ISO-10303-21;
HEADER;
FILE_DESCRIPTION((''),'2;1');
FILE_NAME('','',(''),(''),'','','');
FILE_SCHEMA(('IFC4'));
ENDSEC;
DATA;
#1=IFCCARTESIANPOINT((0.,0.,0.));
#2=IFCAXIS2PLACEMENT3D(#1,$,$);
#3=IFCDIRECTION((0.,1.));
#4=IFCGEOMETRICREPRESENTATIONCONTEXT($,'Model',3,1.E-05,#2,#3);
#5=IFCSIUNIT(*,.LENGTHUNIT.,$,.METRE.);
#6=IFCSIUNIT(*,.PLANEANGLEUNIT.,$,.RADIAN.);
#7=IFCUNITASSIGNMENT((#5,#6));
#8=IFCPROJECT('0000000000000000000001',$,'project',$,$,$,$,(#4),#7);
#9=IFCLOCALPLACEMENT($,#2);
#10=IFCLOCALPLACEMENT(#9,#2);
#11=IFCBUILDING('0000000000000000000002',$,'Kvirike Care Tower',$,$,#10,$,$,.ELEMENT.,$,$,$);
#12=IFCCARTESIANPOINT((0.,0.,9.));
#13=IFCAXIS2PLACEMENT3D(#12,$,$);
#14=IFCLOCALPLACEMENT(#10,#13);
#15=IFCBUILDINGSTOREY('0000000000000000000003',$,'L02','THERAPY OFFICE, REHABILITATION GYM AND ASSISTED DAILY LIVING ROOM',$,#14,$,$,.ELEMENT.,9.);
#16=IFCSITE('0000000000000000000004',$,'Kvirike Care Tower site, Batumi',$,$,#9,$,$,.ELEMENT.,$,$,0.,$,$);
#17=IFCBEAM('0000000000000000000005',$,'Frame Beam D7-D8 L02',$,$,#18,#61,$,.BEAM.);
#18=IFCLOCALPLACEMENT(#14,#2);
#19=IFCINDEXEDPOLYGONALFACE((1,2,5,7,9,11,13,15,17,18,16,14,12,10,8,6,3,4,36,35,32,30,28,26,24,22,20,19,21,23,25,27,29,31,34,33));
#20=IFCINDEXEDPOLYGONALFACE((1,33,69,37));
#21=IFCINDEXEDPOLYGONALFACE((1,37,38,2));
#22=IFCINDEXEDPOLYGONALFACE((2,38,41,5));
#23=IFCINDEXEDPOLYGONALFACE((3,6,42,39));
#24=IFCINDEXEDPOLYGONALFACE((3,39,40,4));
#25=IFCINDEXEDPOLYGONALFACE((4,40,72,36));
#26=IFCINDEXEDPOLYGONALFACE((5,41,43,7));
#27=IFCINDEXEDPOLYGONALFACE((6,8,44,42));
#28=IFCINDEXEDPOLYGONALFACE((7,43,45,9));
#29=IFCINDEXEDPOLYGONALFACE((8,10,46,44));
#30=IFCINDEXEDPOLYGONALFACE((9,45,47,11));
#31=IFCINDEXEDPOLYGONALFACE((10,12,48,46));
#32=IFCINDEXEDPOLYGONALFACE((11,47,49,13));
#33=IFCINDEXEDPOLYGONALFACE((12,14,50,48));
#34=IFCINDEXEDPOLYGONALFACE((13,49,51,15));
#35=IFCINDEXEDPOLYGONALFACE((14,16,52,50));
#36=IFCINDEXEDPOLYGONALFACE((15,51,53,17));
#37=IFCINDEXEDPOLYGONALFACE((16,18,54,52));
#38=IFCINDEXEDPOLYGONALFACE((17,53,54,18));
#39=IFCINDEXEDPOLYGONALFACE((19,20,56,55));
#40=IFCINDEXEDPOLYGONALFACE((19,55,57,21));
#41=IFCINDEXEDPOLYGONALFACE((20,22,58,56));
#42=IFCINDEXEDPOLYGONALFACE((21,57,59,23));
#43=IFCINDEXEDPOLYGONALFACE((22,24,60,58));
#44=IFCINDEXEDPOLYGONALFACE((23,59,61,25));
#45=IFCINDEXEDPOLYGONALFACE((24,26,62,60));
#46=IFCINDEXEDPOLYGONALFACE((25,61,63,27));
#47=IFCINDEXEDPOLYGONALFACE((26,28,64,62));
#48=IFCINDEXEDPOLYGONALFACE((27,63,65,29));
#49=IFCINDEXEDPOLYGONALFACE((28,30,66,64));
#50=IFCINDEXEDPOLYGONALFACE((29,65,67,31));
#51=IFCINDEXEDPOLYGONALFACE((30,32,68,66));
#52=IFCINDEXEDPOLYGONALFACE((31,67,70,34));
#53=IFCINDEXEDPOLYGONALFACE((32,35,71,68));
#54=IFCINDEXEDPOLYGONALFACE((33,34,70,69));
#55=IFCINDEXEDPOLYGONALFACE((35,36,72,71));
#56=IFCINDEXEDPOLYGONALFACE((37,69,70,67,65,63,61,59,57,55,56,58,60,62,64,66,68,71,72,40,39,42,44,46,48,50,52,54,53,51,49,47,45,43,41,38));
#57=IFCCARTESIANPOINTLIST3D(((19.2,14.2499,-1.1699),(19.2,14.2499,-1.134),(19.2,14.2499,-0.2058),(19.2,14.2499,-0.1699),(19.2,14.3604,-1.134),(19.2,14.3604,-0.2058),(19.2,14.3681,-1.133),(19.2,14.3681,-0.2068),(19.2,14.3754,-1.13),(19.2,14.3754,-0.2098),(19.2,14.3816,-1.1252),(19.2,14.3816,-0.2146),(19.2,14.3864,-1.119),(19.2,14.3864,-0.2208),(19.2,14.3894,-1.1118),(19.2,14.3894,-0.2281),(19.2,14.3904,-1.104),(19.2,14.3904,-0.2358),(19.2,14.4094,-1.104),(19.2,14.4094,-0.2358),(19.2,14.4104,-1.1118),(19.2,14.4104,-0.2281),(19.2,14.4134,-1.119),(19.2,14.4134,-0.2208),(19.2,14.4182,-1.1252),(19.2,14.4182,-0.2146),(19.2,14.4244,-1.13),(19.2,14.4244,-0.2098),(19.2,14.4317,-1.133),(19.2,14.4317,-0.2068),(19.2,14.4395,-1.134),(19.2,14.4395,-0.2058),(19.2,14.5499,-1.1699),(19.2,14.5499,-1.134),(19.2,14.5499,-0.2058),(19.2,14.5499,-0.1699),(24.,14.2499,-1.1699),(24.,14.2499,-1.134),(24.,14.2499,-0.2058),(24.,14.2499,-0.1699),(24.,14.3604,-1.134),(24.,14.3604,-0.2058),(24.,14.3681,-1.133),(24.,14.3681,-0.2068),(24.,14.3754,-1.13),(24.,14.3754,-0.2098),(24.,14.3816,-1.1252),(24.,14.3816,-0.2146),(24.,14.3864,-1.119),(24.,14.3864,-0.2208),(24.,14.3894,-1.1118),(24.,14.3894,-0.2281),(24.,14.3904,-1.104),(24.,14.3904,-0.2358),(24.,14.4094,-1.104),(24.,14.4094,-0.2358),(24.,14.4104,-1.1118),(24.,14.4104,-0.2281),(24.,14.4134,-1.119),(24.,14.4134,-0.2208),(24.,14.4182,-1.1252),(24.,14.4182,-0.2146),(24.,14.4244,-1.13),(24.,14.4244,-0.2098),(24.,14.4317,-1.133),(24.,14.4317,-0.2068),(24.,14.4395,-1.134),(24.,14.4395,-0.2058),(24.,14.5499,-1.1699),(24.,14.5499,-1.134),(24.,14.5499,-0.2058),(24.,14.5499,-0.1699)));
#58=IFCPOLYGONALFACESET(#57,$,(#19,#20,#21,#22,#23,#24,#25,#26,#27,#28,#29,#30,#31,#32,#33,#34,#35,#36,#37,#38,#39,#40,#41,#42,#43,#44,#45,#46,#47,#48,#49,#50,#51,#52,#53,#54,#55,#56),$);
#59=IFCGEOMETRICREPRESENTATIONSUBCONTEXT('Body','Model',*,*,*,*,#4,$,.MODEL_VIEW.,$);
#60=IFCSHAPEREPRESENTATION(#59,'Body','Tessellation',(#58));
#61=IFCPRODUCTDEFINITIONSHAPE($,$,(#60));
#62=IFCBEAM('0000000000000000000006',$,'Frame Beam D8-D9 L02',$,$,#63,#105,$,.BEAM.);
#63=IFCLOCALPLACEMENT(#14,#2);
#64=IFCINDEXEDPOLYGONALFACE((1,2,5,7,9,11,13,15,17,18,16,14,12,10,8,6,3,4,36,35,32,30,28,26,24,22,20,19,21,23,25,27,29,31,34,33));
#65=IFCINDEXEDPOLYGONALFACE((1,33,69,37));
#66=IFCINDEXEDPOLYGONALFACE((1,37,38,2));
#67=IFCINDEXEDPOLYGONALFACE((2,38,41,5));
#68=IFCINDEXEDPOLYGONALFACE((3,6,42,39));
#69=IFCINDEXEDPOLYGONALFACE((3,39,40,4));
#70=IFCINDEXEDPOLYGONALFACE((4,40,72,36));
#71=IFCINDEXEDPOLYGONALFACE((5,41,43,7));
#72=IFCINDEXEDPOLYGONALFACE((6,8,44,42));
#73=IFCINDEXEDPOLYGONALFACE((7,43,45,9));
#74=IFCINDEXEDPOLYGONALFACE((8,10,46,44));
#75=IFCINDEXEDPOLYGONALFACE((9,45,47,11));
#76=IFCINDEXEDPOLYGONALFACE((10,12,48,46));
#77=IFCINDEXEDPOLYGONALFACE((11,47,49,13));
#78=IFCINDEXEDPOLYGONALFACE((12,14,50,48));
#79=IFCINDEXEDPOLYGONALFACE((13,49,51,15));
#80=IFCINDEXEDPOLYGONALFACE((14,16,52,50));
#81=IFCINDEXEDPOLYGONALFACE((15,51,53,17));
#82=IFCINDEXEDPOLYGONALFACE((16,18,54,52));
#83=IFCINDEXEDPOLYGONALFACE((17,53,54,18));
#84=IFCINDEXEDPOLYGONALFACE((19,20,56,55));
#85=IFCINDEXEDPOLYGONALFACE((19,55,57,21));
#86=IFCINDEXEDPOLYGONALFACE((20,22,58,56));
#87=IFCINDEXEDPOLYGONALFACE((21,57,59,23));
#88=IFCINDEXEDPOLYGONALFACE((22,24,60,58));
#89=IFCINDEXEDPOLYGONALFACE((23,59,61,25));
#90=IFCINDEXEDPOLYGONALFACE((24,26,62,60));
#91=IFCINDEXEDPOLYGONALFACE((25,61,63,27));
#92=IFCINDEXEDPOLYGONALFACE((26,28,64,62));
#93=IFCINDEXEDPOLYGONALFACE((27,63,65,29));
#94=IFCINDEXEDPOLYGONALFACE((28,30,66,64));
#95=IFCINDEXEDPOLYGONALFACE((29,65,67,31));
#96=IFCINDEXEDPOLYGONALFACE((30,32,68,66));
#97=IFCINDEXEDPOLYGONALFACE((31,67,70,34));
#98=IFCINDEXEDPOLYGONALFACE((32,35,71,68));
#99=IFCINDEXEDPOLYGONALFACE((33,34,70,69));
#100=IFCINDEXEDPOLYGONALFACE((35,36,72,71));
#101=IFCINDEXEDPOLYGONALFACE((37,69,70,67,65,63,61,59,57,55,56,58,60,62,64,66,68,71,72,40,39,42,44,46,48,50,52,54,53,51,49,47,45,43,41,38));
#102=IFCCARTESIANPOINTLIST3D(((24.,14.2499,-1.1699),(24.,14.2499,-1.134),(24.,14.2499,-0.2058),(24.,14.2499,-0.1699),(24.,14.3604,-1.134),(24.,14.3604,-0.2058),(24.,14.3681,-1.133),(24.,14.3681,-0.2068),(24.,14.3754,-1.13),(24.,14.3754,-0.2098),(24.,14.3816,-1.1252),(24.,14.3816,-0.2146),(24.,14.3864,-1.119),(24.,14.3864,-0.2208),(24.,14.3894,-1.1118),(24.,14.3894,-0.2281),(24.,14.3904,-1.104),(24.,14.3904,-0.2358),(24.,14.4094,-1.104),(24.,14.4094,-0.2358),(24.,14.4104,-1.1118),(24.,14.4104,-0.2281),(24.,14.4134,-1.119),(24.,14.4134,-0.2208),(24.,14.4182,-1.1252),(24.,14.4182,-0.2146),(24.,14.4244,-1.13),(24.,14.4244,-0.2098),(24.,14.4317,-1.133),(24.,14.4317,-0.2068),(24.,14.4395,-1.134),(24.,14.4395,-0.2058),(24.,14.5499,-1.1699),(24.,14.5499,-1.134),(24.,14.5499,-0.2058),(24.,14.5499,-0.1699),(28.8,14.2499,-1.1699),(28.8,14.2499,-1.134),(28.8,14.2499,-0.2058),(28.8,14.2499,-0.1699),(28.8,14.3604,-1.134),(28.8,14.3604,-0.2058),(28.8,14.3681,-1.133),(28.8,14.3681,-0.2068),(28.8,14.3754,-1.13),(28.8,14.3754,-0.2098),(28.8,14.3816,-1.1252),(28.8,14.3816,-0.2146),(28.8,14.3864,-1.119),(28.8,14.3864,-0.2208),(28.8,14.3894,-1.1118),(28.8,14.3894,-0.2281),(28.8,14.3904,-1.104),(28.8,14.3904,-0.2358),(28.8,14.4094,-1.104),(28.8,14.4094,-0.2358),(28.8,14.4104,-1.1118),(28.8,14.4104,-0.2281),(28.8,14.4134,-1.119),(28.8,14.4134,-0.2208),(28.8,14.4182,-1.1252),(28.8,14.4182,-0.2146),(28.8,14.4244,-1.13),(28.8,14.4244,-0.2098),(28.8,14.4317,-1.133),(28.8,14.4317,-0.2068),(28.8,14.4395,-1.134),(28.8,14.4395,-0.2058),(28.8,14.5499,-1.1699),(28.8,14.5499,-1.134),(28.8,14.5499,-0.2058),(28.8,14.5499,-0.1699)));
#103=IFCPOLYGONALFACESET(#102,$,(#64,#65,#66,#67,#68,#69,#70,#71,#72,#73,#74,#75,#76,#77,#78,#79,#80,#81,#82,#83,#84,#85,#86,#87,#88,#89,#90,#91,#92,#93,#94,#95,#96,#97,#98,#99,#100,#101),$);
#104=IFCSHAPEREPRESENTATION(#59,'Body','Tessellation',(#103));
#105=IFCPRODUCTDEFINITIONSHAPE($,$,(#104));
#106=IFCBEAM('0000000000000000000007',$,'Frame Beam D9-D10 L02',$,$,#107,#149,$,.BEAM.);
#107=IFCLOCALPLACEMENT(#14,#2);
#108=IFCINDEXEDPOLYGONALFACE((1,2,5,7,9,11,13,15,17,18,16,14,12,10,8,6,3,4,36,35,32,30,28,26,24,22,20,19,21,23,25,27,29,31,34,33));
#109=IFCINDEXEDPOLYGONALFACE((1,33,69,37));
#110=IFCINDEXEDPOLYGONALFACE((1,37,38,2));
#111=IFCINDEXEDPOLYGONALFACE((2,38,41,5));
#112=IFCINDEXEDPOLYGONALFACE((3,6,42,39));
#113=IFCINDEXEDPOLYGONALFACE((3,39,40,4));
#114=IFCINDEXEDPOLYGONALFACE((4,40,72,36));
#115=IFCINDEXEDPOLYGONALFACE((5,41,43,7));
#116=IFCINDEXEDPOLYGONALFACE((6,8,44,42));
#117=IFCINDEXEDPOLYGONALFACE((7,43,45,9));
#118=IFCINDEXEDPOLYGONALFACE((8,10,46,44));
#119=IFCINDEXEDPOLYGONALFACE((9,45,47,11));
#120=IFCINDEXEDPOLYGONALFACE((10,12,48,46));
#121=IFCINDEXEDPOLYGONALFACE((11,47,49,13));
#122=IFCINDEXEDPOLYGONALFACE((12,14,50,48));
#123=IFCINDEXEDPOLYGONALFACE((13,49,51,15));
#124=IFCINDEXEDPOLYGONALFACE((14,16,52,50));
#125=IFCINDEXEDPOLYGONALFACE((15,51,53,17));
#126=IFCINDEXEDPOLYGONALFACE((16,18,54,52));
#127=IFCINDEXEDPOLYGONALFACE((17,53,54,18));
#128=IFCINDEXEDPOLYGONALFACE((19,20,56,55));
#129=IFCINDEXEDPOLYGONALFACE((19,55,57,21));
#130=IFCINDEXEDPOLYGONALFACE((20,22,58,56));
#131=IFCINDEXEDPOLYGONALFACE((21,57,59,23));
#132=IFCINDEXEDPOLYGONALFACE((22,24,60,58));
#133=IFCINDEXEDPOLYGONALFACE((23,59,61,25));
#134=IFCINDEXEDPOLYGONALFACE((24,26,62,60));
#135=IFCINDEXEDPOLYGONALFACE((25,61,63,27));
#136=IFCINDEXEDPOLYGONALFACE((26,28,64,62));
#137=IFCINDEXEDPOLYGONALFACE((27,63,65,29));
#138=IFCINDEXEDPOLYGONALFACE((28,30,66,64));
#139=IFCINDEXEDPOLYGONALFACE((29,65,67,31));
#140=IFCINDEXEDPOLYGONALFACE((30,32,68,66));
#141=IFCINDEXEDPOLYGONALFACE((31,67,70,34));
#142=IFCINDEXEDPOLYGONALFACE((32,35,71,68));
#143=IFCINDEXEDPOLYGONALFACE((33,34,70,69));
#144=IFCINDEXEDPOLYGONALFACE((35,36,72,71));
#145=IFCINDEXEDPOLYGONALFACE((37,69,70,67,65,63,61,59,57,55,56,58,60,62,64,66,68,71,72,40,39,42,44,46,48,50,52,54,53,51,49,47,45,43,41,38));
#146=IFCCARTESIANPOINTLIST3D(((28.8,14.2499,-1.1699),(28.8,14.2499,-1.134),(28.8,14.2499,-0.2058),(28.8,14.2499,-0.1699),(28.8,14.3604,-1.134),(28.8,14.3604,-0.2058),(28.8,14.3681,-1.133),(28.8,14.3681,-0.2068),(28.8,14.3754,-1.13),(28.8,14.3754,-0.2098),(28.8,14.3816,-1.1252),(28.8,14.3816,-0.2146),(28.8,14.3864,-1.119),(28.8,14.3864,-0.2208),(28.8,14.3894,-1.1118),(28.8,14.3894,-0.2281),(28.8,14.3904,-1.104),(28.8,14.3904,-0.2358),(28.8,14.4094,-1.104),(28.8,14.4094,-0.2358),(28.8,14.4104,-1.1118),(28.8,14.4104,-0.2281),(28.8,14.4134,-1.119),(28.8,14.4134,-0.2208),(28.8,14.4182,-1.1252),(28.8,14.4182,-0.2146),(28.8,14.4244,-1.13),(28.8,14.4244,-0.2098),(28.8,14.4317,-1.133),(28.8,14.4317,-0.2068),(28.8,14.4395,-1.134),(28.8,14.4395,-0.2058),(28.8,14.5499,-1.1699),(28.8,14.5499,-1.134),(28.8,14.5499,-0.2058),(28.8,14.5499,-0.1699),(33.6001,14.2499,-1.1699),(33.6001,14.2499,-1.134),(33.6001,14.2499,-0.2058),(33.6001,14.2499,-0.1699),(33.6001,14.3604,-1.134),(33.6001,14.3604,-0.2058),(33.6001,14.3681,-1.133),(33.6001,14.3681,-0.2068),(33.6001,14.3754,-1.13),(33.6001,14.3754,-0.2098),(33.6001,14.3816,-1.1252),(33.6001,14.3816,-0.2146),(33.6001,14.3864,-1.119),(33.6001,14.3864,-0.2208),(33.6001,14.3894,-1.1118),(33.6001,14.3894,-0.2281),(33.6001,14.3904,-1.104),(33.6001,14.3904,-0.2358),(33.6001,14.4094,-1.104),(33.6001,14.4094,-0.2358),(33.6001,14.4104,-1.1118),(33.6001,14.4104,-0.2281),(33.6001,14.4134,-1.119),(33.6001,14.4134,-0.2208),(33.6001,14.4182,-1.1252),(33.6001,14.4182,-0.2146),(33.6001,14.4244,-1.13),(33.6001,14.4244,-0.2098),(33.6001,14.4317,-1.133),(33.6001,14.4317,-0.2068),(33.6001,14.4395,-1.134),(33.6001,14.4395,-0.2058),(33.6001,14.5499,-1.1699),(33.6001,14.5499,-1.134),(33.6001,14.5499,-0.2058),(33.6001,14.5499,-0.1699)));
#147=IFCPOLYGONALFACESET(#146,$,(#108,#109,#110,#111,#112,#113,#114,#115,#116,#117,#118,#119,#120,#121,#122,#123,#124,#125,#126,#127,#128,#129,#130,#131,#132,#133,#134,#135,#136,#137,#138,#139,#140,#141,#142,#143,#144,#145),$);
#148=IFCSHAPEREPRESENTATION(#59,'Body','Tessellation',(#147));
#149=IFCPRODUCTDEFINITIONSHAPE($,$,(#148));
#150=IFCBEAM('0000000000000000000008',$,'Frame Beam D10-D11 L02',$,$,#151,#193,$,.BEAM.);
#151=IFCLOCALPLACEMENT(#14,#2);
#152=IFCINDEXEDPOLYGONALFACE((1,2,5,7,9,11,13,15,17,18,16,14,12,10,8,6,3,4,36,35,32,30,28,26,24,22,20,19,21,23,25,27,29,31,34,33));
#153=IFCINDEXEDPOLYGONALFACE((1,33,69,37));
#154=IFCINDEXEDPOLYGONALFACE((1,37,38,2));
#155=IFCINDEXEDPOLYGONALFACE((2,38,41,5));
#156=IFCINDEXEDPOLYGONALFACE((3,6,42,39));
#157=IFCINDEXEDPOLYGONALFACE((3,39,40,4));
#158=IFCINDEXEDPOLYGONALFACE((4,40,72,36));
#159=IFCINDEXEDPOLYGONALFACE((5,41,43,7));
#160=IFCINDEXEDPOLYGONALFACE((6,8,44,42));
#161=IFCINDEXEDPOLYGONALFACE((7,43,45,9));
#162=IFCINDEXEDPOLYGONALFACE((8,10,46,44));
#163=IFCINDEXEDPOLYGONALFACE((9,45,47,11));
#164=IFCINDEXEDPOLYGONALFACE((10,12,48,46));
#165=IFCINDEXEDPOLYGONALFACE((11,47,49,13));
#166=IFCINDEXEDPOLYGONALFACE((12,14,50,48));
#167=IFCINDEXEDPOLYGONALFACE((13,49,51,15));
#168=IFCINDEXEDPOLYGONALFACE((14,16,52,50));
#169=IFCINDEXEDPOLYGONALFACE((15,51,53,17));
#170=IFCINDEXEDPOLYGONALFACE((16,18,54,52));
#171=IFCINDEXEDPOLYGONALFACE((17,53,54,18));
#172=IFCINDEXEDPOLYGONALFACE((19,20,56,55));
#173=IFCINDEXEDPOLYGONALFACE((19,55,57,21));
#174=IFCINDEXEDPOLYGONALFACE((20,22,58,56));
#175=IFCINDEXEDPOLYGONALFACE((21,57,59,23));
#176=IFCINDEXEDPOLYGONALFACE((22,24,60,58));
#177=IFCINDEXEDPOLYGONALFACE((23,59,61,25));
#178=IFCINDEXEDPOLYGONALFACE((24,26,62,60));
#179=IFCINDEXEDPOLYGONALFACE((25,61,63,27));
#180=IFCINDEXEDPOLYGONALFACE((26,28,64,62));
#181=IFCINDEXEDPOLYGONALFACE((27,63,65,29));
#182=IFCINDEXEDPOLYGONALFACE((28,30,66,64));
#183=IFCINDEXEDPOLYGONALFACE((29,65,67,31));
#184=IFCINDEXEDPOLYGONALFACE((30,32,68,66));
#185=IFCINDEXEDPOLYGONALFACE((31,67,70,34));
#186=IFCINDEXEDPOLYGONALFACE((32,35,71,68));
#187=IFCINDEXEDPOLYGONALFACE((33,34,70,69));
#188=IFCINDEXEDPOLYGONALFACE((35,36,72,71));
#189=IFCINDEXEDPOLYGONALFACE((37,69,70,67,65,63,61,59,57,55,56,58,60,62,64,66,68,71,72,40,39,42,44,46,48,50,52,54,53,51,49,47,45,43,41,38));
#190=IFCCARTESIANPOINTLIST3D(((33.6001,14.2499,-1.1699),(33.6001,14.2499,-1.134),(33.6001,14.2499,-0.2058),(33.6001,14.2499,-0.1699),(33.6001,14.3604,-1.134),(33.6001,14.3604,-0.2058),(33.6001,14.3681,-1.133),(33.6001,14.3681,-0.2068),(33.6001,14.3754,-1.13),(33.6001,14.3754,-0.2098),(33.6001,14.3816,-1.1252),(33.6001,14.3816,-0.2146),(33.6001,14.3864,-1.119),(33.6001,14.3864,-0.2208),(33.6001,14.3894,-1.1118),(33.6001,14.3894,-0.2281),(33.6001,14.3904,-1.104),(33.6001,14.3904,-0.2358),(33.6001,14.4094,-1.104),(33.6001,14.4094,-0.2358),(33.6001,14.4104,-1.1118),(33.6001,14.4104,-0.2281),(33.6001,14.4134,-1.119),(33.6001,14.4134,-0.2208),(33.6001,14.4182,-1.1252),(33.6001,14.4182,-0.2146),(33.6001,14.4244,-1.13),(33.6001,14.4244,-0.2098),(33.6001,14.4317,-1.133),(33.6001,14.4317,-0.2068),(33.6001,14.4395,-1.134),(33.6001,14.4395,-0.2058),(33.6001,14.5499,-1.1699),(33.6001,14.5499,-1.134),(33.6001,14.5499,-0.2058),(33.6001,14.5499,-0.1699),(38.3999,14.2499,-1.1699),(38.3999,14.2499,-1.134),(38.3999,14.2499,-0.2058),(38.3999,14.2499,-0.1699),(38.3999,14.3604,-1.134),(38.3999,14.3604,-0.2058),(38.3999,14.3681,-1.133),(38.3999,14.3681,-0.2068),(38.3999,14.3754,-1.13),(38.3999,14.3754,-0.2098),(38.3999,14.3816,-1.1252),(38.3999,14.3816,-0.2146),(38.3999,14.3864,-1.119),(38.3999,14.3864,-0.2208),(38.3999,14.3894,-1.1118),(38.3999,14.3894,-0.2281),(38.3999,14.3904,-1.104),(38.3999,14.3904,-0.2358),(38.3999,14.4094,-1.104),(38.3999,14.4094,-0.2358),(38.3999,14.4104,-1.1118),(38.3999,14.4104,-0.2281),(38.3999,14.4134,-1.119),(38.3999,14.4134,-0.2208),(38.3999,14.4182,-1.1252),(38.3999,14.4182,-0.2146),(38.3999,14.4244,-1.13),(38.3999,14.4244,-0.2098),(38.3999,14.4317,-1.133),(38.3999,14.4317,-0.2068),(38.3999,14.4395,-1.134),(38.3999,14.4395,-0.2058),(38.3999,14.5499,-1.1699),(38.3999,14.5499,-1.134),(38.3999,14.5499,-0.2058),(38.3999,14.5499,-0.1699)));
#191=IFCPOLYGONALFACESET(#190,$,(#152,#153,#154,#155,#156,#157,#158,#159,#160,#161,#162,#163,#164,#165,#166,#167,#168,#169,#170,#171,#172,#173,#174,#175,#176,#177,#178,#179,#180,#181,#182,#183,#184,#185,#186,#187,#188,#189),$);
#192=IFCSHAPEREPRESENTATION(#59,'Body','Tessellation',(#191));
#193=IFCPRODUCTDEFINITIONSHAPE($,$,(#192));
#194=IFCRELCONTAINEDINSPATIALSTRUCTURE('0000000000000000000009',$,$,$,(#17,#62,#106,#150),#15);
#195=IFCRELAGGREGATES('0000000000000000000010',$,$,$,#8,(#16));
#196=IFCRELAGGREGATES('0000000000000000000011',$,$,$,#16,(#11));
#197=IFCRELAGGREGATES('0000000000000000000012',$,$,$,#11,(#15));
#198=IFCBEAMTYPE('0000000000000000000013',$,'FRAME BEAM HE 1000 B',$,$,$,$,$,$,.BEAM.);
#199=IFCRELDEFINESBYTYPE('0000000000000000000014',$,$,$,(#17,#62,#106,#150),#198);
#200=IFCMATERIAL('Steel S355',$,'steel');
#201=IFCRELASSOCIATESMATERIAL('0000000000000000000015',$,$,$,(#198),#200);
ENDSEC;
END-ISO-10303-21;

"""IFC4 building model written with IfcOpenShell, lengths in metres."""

from ifc_helpers import new_model, si_unit, direction, frame, origin, origin_2d, place, context, subcontext, project, spatial, i_section, extrude, material, material_profile, profile_set, type_object, element, save


model = new_model("IFC4")

# Units and contexts
model_context = context("Model", 3, precision=1e-05, world=origin(), true_north=direction((0.0, 1.0)))
body_context = subcontext(model_context, "Body", "Model", "MODEL_VIEW")
ifc_project = project(units=[si_unit("LENGTHUNIT", "METRE"), si_unit("PLANEANGLEUNIT", "RADIAN")], contexts=[model_context])

# Site, building, storey
site_placement = place(None, origin())
site = spatial("IfcSite", under=ifc_project, at=site_placement, Name="Kvirike Care Tower site, Batumi", CompositionType="ELEMENT", RefElevation=0.0)
building_placement = place(site_placement, origin())
building = spatial("IfcBuilding", under=site, at=building_placement, Name="Kvirike Care Tower", CompositionType="ELEMENT")
storey_placement = place(building_placement, frame((0.0, 0.0, 9.0)))
storey = spatial("IfcBuildingStorey", under=building, at=storey_placement, Name="L02", Description="THERAPY OFFICE, REHABILITATION GYM AND ASSISTED DAILY LIVING ROOM", CompositionType="ELEMENT", Elevation=9.0)

# Beams
ifc_material_1 = material(Name="Steel S355", Category="steel")
ifc_material_profile_1 = material_profile(ifc_material_1, i_section(OverallWidth=0.3, OverallDepth=1.0, WebThickness=0.019, FlangeThickness=0.0359, FilletRadius=0.03, at=origin_2d()), Name="HE 1000 B")
ifc_profile_set_1 = profile_set([ifc_material_profile_1], Name="Steel S355")
beam_type_1 = type_object("IfcBeamType", Name="FRAME BEAM HE 1000 B", PredefinedType="BEAM", material=ifc_profile_set_1)
for number, where, z_axis, x_axis, name in (
    (1, (19.2, 14.3999, -0.6699), (1.0, 0.0, 0.0), (0.0, 1.0, 0.0), "Frame Beam D7-D8 L02"),
    (2, (24.0, 14.3999, -0.6699), (1.0, 0.0, 0.0), (0.0, 1.0, 0.0), "Frame Beam D8-D9 L02"),
    (3, (28.8, 14.3999, -0.6699), (1.0, 0.0, 0.0), (0.0, 1.0, 0.0), "Frame Beam D9-D10 L02"),
):
    element("IfcBeam", number, at=place(storey_placement, frame(where, z_axis=z_axis, x_axis=x_axis)), inside=storey, type_object=beam_type_1, Name=name, PredefinedType="BEAM", context=body_context, shape_type="SweptSolid", body=[
        extrude(i_section(OverallWidth=0.3, OverallDepth=1.0, WebThickness=0.019, FlangeThickness=0.0359, FilletRadius=0.03, at=origin_2d()), origin(), (0.0, 0.0, 1.0), 4.8),
    ])
beam_1_placement = place(storey_placement, frame((33.6001, 14.3999, -0.6699), z_axis=(1.0, 0.0, 0.0), x_axis=(0.0, 1.0, 0.0)))
element("IfcBeam", 4, at=beam_1_placement, inside=storey, type_object=beam_type_1, Name="Frame Beam D10-D11 L02", PredefinedType="BEAM", context=body_context, shape_type="SweptSolid", body=[
    extrude(i_section(OverallWidth=0.3, OverallDepth=1.0, WebThickness=0.019, FlangeThickness=0.0359, FilletRadius=0.03, at=origin_2d()), origin(), (0.0, 0.0, 1.0), 4.7998),
])

save(model, "model.ifc")
